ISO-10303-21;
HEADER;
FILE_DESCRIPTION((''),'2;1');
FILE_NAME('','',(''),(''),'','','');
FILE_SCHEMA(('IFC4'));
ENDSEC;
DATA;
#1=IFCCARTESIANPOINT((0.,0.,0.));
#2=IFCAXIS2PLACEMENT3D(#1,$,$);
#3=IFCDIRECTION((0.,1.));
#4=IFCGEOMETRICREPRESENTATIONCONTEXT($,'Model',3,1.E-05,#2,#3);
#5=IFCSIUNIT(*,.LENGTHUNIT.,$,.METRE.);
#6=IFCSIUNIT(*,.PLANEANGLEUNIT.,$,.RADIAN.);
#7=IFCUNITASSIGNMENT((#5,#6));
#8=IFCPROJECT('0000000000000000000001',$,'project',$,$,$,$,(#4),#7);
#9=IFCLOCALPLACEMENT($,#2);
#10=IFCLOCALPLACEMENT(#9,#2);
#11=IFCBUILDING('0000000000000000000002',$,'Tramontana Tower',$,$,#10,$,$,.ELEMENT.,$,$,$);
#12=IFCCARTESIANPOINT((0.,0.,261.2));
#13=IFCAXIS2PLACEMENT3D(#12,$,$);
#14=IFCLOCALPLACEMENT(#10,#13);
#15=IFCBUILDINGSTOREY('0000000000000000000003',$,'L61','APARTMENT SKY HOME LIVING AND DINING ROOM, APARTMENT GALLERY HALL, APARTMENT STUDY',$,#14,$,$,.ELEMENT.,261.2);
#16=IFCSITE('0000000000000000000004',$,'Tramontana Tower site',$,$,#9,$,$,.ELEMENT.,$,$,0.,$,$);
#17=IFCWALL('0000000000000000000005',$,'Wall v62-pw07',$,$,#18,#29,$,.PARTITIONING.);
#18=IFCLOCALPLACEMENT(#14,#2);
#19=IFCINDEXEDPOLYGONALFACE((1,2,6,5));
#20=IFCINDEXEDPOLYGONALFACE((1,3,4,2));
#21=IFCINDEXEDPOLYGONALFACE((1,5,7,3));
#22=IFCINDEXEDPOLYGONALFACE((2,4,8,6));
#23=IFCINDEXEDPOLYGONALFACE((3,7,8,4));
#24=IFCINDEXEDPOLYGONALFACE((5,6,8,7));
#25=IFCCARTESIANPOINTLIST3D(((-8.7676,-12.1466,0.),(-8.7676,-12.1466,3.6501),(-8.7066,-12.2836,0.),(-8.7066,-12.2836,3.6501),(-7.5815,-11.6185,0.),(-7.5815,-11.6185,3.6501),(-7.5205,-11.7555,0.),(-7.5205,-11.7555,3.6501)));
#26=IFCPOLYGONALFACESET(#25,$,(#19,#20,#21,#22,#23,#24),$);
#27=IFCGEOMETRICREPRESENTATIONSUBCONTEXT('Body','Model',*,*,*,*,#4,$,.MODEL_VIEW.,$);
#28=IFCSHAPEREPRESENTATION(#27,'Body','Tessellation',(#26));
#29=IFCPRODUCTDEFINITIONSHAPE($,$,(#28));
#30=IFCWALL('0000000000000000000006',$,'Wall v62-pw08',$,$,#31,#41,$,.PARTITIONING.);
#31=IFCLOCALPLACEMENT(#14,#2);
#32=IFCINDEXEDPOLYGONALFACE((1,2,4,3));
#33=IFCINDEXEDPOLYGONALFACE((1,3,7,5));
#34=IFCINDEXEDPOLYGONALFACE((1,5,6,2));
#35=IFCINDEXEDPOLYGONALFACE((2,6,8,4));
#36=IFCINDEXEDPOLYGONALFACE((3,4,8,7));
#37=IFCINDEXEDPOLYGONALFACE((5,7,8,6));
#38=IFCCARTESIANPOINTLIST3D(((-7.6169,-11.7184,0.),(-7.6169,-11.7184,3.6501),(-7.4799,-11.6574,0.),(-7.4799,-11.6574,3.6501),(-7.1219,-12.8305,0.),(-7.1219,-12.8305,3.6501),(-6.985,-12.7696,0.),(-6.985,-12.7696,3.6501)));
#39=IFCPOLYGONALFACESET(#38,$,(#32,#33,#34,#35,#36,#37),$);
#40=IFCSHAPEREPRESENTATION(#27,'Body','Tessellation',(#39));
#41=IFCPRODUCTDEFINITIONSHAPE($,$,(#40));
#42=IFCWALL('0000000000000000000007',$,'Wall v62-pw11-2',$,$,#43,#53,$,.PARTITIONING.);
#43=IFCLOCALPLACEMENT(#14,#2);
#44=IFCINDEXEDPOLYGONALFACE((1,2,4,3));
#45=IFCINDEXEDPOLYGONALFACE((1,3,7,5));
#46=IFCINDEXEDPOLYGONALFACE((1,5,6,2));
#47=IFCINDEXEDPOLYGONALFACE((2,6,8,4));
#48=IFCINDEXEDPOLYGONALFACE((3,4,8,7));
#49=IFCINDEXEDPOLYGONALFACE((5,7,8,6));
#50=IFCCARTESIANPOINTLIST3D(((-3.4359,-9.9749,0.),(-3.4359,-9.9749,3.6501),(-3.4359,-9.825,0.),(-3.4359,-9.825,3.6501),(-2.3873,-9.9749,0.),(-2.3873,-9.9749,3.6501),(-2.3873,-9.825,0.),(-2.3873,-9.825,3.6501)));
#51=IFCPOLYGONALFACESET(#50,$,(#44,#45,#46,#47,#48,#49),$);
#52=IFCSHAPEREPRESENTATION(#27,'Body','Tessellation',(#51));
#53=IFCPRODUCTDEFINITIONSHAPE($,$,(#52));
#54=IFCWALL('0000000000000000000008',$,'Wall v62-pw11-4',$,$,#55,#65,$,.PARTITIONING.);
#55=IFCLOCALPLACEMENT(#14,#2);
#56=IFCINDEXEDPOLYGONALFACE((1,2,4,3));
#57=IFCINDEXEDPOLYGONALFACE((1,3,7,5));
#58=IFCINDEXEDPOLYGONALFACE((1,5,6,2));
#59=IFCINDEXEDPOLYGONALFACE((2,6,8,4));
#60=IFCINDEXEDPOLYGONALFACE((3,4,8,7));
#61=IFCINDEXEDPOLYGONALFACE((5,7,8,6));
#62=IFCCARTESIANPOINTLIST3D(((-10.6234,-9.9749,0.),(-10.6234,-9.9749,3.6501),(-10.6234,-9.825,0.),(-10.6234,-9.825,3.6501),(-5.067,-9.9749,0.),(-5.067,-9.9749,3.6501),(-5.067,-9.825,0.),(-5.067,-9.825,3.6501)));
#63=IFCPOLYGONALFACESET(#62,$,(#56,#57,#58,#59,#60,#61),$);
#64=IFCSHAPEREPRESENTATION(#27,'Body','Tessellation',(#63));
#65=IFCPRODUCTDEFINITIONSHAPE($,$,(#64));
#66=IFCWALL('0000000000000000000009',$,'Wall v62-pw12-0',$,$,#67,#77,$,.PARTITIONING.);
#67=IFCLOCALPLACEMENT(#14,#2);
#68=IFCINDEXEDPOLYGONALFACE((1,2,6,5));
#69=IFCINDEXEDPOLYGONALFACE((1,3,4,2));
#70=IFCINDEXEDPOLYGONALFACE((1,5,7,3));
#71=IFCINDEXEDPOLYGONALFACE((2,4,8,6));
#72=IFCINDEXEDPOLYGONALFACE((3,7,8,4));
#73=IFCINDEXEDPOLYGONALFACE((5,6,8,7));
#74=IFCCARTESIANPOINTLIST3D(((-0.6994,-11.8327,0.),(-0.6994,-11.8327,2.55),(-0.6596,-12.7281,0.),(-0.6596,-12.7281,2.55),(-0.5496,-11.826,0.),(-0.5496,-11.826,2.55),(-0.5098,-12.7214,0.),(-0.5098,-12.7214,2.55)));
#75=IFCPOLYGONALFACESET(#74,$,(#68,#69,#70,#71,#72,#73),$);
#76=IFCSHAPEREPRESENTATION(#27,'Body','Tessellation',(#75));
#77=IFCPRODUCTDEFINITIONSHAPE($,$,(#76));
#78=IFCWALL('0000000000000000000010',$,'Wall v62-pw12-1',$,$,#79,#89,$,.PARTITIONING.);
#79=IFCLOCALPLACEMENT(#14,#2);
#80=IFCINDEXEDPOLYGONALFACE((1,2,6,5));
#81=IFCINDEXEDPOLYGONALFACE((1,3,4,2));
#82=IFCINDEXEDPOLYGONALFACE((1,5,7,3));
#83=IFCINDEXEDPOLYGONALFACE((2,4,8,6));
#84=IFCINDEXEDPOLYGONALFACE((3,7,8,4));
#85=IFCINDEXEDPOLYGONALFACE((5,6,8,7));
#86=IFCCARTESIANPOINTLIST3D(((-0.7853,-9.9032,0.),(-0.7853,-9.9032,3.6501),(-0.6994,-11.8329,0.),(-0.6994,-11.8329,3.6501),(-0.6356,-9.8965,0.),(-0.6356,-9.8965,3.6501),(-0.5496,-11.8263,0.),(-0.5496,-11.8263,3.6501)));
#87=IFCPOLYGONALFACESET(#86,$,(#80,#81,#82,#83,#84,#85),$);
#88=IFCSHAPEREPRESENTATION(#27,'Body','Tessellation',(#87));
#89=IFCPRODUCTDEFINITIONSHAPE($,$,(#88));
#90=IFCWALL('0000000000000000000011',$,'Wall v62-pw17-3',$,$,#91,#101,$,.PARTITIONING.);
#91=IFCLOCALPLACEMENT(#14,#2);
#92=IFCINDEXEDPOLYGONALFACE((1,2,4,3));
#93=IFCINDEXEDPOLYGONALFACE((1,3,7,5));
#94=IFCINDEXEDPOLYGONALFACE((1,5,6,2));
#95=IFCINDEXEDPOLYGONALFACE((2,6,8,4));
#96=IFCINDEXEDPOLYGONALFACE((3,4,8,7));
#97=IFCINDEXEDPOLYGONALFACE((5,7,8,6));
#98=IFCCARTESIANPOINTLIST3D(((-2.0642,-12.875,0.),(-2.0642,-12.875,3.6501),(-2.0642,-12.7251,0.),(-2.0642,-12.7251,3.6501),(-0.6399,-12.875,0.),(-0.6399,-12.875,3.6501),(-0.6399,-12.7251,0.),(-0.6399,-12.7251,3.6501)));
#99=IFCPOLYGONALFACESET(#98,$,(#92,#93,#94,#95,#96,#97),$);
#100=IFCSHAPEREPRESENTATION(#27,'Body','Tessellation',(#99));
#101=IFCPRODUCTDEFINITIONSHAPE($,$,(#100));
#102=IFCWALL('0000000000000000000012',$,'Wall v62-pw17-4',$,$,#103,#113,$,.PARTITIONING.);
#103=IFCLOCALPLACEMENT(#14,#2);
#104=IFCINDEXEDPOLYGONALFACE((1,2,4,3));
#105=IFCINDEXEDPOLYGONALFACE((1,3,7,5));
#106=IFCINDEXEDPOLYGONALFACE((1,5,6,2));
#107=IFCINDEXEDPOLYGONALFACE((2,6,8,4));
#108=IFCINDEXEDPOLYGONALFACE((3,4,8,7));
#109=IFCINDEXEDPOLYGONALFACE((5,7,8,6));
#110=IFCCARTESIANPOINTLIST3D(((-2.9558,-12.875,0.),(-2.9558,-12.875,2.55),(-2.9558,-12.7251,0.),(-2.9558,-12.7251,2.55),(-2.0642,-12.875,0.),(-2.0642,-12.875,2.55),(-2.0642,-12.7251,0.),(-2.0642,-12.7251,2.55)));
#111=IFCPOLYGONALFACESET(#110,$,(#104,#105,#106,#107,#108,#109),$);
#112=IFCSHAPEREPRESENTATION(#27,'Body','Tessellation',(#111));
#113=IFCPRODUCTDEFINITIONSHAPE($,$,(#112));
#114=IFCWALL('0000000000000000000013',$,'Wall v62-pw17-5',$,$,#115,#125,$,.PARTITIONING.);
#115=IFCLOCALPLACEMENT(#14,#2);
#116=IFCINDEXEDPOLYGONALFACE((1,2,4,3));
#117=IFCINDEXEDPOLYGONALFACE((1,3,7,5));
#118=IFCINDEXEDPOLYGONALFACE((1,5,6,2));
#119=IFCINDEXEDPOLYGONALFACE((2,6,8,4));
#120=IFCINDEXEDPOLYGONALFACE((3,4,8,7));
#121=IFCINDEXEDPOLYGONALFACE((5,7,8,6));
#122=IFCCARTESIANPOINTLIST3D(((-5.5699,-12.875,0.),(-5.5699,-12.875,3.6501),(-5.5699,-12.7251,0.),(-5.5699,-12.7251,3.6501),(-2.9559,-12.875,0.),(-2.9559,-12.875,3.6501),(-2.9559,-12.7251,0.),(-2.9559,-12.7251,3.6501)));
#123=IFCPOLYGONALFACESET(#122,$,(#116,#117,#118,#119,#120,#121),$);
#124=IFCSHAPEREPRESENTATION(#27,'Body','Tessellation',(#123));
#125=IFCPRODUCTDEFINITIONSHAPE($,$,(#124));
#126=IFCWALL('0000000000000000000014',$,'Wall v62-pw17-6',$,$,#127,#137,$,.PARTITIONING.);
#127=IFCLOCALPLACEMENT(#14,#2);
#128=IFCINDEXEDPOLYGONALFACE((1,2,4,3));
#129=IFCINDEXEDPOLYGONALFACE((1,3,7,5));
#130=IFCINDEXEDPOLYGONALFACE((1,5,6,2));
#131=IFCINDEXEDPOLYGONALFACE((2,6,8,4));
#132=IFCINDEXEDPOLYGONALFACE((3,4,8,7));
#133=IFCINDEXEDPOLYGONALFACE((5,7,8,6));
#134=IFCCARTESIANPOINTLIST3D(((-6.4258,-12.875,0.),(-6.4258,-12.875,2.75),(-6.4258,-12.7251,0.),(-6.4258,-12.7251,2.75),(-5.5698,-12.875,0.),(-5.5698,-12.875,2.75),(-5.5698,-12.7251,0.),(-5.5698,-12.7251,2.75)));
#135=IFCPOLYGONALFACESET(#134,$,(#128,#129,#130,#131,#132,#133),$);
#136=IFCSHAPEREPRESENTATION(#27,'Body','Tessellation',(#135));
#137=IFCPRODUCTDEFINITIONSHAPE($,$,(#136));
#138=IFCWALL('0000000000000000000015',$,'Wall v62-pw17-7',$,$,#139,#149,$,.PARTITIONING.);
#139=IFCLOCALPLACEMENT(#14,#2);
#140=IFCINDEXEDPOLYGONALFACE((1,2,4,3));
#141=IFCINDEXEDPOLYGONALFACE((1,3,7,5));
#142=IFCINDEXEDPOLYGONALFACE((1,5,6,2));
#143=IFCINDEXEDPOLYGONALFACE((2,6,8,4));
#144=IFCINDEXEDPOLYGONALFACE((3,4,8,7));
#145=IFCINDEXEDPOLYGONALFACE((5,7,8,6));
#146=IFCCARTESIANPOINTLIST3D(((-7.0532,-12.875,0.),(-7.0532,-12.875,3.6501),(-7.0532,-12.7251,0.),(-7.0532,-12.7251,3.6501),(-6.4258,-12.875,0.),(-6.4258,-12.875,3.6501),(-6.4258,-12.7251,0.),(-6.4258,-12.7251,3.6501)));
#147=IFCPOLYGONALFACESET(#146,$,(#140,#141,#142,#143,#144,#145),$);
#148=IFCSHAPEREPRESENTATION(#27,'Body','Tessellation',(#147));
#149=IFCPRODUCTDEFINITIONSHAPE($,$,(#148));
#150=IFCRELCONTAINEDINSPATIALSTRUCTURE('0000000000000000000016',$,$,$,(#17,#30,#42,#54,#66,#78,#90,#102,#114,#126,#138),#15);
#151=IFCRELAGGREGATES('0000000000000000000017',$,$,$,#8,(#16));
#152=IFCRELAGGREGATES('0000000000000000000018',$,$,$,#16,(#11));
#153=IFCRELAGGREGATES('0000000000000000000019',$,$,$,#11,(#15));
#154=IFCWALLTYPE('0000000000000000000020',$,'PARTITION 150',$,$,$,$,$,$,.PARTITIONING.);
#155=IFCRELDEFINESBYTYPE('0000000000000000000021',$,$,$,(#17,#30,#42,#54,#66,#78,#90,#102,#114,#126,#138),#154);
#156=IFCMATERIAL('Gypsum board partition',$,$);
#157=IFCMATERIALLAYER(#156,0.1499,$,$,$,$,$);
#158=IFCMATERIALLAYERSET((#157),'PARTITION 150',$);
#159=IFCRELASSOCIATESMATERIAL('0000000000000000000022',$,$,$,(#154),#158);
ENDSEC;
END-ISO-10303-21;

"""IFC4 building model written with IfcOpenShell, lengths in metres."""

from ifc_helpers import new_model, si_unit, direction, frame, frame_2d, origin, place, context, subcontext, project, spatial, rectangle, extrude, material, layer, layer_set, type_object, element, save


model = new_model("IFC4")

# Units and contexts
model_context = context("Model", 3, precision=1e-05, world=origin(), true_north=direction((0.0, 1.0)))
body_context = subcontext(model_context, "Body", "Model", "MODEL_VIEW")
ifc_project = project(units=[si_unit("LENGTHUNIT", "METRE"), si_unit("PLANEANGLEUNIT", "RADIAN")], contexts=[model_context])

# Site, building, storey
site_placement = place(None, origin())
site = spatial("IfcSite", under=ifc_project, at=site_placement, Name="Tramontana Tower site", CompositionType="ELEMENT", RefElevation=0.0)
building_placement = place(site_placement, origin())
building = spatial("IfcBuilding", under=site, at=building_placement, Name="Tramontana Tower", CompositionType="ELEMENT")
storey_placement = place(building_placement, frame((0.0, 0.0, 261.2)))
storey = spatial("IfcBuildingStorey", under=building, at=storey_placement, Name="L61", Description="APARTMENT SKY HOME LIVING AND DINING ROOM, APARTMENT GALLERY HALL, APARTMENT STUDY", CompositionType="ELEMENT", Elevation=261.2)

# Walls
ifc_material_1 = material(Name="Gypsum board partition")
ifc_layer_1 = layer(ifc_material_1, 0.1499)
ifc_layer_set_1 = layer_set([ifc_layer_1], Name="PARTITION 150")
wall_type_1 = type_object("IfcWallType", Name="PARTITION 150", PredefinedType="PARTITIONING", material=ifc_layer_set_1)
wall_1_placement = place(storey_placement, frame((-7.551, -11.687, 0.0), z_axis=(0.0, 0.0, 1.0), x_axis=(-0.91354, -0.406749, 0.0)))
element("IfcWall", 1, at=wall_1_placement, inside=storey, type_object=wall_type_1, Name="Wall v62-pw07", PredefinedType="PARTITIONING", context=body_context, shape_type="SweptSolid", body=[
    extrude(rectangle(XDim=1.2983, YDim=0.1499, at=frame_2d((0.6492, 0.0))), origin(), (0.0, 0.0, 1.0), 3.6501),
])
wall_2_placement = place(storey_placement, frame((-7.0535, -12.8, 0.0), z_axis=(0.0, 0.0, 1.0), x_axis=(-0.406566, 0.913621, 0.0)))
element("IfcWall", 2, at=wall_2_placement, inside=storey, type_object=wall_type_1, Name="Wall v62-pw08", PredefinedType="PARTITIONING", context=body_context, shape_type="SweptSolid", body=[
    extrude(rectangle(XDim=1.2173, YDim=0.1499, at=frame_2d((0.6086, 0.0))), origin(), (0.0, 0.0, 1.0), 3.6501),
])
wall_3_placement = place(storey_placement, frame((-2.3872, -9.8999, 0.0), z_axis=(0.0, 0.0, 1.0), x_axis=(-1.0, 0.0, 0.0)))
element("IfcWall", 3, at=wall_3_placement, inside=storey, type_object=wall_type_1, Name="Wall v62-pw11-2", PredefinedType="PARTITIONING", context=body_context, shape_type="SweptSolid", body=[
    extrude(rectangle(XDim=1.0486, YDim=0.1499, at=frame_2d((0.5244, 0.0))), origin(), (0.0, 0.0, 1.0), 3.6501),
])

# Walls
wall_4_placement = place(storey_placement, frame((-5.0669, -9.8999, 0.0), z_axis=(0.0, 0.0, 1.0), x_axis=(-1.0, 0.0, 0.0)))
element("IfcWall", 4, at=wall_4_placement, inside=storey, type_object=wall_type_1, Name="Wall v62-pw11-4", PredefinedType="PARTITIONING", context=body_context, shape_type="SweptSolid", body=[
    extrude(rectangle(XDim=5.5564, YDim=0.1499, at=frame_2d((2.7783, 0.0))), origin(), (0.0, 0.0, 1.0), 3.6501),
])
wall_5_placement = place(storey_placement, frame((-0.5847, -12.7249, 0.0), z_axis=(0.0, 0.0, 1.0), x_axis=(-0.044407, 0.999014, 0.0)))
element("IfcWall", 5, at=wall_5_placement, inside=storey, type_object=wall_type_1, Name="Wall v62-pw12-0", PredefinedType="PARTITIONING", context=body_context, shape_type="SweptSolid", body=[
    extrude(rectangle(XDim=0.8962, YDim=0.1499, at=frame_2d((0.4482, 0.0))), origin(), (0.0, 0.0, 1.0), 2.55),
])
wall_6_placement = place(storey_placement, frame((-0.6245, -11.8296, 0.0), z_axis=(0.0, 0.0, 1.0), x_axis=(-0.04449, 0.99901, 0.0)))
element("IfcWall", 6, at=wall_6_placement, inside=storey, type_object=wall_type_1, Name="Wall v62-pw12-1", PredefinedType="PARTITIONING", context=body_context, shape_type="SweptSolid", body=[
    extrude(rectangle(XDim=1.9316, YDim=0.1499, at=frame_2d((0.9658, 0.0))), origin(), (0.0, 0.0, 1.0), 3.6501),
])
wall_7_placement = place(storey_placement, frame((-0.6399, -12.8, 0.0), z_axis=(0.0, 0.0, 1.0), x_axis=(-1.0, 0.0, 0.0)))
element("IfcWall", 7, at=wall_7_placement, inside=storey, type_object=wall_type_1, Name="Wall v62-pw17-3", PredefinedType="PARTITIONING", context=body_context, shape_type="SweptSolid", body=[
    extrude(rectangle(XDim=1.4243, YDim=0.1499, at=frame_2d((0.7122, 0.0))), origin(), (0.0, 0.0, 1.0), 3.6501),
])
wall_8_placement = place(storey_placement, frame((-2.0642, -12.8, 0.0), z_axis=(0.0, 0.0, 1.0), x_axis=(-1.0, 0.0, 0.0)))
element("IfcWall", 8, at=wall_8_placement, inside=storey, type_object=wall_type_1, Name="Wall v62-pw17-4", PredefinedType="PARTITIONING", context=body_context, shape_type="SweptSolid", body=[
    extrude(rectangle(XDim=0.8916, YDim=0.1499, at=frame_2d((0.4458, 0.0))), origin(), (0.0, 0.0, 1.0), 2.55),
])
wall_9_placement = place(storey_placement, frame((-2.9558, -12.8, 0.0), z_axis=(0.0, 0.0, 1.0), x_axis=(-1.0, 0.0, 0.0)))
element("IfcWall", 9, at=wall_9_placement, inside=storey, type_object=wall_type_1, Name="Wall v62-pw17-5", PredefinedType="PARTITIONING", context=body_context, shape_type="SweptSolid", body=[
    extrude(rectangle(XDim=2.614, YDim=0.1499, at=frame_2d((1.3071, 0.0))), origin(), (0.0, 0.0, 1.0), 3.6501),
])
wall_10_placement = place(storey_placement, frame((-5.5698, -12.8, 0.0), z_axis=(0.0, 0.0, 1.0), x_axis=(-1.0, 0.0, 0.0)))
element("IfcWall", 10, at=wall_10_placement, inside=storey, type_object=wall_type_1, Name="Wall v62-pw17-6", PredefinedType="PARTITIONING", context=body_context, shape_type="SweptSolid", body=[
    extrude(rectangle(XDim=0.856, YDim=0.1499, at=frame_2d((0.428, 0.0))), origin(), (0.0, 0.0, 1.0), 2.75),
])
wall_11_placement = place(storey_placement, frame((-6.4258, -12.8, 0.0), z_axis=(0.0, 0.0, 1.0), x_axis=(-1.0, 0.0, 0.0)))
element("IfcWall", 11, at=wall_11_placement, inside=storey, type_object=wall_type_1, Name="Wall v62-pw17-7", PredefinedType="PARTITIONING", context=body_context, shape_type="SweptSolid", body=[
    extrude(rectangle(XDim=0.6274, YDim=0.1499, at=frame_2d((0.3137, 0.0))), origin(), (0.0, 0.0, 1.0), 3.6501),
])

save(model, "model.ifc")
